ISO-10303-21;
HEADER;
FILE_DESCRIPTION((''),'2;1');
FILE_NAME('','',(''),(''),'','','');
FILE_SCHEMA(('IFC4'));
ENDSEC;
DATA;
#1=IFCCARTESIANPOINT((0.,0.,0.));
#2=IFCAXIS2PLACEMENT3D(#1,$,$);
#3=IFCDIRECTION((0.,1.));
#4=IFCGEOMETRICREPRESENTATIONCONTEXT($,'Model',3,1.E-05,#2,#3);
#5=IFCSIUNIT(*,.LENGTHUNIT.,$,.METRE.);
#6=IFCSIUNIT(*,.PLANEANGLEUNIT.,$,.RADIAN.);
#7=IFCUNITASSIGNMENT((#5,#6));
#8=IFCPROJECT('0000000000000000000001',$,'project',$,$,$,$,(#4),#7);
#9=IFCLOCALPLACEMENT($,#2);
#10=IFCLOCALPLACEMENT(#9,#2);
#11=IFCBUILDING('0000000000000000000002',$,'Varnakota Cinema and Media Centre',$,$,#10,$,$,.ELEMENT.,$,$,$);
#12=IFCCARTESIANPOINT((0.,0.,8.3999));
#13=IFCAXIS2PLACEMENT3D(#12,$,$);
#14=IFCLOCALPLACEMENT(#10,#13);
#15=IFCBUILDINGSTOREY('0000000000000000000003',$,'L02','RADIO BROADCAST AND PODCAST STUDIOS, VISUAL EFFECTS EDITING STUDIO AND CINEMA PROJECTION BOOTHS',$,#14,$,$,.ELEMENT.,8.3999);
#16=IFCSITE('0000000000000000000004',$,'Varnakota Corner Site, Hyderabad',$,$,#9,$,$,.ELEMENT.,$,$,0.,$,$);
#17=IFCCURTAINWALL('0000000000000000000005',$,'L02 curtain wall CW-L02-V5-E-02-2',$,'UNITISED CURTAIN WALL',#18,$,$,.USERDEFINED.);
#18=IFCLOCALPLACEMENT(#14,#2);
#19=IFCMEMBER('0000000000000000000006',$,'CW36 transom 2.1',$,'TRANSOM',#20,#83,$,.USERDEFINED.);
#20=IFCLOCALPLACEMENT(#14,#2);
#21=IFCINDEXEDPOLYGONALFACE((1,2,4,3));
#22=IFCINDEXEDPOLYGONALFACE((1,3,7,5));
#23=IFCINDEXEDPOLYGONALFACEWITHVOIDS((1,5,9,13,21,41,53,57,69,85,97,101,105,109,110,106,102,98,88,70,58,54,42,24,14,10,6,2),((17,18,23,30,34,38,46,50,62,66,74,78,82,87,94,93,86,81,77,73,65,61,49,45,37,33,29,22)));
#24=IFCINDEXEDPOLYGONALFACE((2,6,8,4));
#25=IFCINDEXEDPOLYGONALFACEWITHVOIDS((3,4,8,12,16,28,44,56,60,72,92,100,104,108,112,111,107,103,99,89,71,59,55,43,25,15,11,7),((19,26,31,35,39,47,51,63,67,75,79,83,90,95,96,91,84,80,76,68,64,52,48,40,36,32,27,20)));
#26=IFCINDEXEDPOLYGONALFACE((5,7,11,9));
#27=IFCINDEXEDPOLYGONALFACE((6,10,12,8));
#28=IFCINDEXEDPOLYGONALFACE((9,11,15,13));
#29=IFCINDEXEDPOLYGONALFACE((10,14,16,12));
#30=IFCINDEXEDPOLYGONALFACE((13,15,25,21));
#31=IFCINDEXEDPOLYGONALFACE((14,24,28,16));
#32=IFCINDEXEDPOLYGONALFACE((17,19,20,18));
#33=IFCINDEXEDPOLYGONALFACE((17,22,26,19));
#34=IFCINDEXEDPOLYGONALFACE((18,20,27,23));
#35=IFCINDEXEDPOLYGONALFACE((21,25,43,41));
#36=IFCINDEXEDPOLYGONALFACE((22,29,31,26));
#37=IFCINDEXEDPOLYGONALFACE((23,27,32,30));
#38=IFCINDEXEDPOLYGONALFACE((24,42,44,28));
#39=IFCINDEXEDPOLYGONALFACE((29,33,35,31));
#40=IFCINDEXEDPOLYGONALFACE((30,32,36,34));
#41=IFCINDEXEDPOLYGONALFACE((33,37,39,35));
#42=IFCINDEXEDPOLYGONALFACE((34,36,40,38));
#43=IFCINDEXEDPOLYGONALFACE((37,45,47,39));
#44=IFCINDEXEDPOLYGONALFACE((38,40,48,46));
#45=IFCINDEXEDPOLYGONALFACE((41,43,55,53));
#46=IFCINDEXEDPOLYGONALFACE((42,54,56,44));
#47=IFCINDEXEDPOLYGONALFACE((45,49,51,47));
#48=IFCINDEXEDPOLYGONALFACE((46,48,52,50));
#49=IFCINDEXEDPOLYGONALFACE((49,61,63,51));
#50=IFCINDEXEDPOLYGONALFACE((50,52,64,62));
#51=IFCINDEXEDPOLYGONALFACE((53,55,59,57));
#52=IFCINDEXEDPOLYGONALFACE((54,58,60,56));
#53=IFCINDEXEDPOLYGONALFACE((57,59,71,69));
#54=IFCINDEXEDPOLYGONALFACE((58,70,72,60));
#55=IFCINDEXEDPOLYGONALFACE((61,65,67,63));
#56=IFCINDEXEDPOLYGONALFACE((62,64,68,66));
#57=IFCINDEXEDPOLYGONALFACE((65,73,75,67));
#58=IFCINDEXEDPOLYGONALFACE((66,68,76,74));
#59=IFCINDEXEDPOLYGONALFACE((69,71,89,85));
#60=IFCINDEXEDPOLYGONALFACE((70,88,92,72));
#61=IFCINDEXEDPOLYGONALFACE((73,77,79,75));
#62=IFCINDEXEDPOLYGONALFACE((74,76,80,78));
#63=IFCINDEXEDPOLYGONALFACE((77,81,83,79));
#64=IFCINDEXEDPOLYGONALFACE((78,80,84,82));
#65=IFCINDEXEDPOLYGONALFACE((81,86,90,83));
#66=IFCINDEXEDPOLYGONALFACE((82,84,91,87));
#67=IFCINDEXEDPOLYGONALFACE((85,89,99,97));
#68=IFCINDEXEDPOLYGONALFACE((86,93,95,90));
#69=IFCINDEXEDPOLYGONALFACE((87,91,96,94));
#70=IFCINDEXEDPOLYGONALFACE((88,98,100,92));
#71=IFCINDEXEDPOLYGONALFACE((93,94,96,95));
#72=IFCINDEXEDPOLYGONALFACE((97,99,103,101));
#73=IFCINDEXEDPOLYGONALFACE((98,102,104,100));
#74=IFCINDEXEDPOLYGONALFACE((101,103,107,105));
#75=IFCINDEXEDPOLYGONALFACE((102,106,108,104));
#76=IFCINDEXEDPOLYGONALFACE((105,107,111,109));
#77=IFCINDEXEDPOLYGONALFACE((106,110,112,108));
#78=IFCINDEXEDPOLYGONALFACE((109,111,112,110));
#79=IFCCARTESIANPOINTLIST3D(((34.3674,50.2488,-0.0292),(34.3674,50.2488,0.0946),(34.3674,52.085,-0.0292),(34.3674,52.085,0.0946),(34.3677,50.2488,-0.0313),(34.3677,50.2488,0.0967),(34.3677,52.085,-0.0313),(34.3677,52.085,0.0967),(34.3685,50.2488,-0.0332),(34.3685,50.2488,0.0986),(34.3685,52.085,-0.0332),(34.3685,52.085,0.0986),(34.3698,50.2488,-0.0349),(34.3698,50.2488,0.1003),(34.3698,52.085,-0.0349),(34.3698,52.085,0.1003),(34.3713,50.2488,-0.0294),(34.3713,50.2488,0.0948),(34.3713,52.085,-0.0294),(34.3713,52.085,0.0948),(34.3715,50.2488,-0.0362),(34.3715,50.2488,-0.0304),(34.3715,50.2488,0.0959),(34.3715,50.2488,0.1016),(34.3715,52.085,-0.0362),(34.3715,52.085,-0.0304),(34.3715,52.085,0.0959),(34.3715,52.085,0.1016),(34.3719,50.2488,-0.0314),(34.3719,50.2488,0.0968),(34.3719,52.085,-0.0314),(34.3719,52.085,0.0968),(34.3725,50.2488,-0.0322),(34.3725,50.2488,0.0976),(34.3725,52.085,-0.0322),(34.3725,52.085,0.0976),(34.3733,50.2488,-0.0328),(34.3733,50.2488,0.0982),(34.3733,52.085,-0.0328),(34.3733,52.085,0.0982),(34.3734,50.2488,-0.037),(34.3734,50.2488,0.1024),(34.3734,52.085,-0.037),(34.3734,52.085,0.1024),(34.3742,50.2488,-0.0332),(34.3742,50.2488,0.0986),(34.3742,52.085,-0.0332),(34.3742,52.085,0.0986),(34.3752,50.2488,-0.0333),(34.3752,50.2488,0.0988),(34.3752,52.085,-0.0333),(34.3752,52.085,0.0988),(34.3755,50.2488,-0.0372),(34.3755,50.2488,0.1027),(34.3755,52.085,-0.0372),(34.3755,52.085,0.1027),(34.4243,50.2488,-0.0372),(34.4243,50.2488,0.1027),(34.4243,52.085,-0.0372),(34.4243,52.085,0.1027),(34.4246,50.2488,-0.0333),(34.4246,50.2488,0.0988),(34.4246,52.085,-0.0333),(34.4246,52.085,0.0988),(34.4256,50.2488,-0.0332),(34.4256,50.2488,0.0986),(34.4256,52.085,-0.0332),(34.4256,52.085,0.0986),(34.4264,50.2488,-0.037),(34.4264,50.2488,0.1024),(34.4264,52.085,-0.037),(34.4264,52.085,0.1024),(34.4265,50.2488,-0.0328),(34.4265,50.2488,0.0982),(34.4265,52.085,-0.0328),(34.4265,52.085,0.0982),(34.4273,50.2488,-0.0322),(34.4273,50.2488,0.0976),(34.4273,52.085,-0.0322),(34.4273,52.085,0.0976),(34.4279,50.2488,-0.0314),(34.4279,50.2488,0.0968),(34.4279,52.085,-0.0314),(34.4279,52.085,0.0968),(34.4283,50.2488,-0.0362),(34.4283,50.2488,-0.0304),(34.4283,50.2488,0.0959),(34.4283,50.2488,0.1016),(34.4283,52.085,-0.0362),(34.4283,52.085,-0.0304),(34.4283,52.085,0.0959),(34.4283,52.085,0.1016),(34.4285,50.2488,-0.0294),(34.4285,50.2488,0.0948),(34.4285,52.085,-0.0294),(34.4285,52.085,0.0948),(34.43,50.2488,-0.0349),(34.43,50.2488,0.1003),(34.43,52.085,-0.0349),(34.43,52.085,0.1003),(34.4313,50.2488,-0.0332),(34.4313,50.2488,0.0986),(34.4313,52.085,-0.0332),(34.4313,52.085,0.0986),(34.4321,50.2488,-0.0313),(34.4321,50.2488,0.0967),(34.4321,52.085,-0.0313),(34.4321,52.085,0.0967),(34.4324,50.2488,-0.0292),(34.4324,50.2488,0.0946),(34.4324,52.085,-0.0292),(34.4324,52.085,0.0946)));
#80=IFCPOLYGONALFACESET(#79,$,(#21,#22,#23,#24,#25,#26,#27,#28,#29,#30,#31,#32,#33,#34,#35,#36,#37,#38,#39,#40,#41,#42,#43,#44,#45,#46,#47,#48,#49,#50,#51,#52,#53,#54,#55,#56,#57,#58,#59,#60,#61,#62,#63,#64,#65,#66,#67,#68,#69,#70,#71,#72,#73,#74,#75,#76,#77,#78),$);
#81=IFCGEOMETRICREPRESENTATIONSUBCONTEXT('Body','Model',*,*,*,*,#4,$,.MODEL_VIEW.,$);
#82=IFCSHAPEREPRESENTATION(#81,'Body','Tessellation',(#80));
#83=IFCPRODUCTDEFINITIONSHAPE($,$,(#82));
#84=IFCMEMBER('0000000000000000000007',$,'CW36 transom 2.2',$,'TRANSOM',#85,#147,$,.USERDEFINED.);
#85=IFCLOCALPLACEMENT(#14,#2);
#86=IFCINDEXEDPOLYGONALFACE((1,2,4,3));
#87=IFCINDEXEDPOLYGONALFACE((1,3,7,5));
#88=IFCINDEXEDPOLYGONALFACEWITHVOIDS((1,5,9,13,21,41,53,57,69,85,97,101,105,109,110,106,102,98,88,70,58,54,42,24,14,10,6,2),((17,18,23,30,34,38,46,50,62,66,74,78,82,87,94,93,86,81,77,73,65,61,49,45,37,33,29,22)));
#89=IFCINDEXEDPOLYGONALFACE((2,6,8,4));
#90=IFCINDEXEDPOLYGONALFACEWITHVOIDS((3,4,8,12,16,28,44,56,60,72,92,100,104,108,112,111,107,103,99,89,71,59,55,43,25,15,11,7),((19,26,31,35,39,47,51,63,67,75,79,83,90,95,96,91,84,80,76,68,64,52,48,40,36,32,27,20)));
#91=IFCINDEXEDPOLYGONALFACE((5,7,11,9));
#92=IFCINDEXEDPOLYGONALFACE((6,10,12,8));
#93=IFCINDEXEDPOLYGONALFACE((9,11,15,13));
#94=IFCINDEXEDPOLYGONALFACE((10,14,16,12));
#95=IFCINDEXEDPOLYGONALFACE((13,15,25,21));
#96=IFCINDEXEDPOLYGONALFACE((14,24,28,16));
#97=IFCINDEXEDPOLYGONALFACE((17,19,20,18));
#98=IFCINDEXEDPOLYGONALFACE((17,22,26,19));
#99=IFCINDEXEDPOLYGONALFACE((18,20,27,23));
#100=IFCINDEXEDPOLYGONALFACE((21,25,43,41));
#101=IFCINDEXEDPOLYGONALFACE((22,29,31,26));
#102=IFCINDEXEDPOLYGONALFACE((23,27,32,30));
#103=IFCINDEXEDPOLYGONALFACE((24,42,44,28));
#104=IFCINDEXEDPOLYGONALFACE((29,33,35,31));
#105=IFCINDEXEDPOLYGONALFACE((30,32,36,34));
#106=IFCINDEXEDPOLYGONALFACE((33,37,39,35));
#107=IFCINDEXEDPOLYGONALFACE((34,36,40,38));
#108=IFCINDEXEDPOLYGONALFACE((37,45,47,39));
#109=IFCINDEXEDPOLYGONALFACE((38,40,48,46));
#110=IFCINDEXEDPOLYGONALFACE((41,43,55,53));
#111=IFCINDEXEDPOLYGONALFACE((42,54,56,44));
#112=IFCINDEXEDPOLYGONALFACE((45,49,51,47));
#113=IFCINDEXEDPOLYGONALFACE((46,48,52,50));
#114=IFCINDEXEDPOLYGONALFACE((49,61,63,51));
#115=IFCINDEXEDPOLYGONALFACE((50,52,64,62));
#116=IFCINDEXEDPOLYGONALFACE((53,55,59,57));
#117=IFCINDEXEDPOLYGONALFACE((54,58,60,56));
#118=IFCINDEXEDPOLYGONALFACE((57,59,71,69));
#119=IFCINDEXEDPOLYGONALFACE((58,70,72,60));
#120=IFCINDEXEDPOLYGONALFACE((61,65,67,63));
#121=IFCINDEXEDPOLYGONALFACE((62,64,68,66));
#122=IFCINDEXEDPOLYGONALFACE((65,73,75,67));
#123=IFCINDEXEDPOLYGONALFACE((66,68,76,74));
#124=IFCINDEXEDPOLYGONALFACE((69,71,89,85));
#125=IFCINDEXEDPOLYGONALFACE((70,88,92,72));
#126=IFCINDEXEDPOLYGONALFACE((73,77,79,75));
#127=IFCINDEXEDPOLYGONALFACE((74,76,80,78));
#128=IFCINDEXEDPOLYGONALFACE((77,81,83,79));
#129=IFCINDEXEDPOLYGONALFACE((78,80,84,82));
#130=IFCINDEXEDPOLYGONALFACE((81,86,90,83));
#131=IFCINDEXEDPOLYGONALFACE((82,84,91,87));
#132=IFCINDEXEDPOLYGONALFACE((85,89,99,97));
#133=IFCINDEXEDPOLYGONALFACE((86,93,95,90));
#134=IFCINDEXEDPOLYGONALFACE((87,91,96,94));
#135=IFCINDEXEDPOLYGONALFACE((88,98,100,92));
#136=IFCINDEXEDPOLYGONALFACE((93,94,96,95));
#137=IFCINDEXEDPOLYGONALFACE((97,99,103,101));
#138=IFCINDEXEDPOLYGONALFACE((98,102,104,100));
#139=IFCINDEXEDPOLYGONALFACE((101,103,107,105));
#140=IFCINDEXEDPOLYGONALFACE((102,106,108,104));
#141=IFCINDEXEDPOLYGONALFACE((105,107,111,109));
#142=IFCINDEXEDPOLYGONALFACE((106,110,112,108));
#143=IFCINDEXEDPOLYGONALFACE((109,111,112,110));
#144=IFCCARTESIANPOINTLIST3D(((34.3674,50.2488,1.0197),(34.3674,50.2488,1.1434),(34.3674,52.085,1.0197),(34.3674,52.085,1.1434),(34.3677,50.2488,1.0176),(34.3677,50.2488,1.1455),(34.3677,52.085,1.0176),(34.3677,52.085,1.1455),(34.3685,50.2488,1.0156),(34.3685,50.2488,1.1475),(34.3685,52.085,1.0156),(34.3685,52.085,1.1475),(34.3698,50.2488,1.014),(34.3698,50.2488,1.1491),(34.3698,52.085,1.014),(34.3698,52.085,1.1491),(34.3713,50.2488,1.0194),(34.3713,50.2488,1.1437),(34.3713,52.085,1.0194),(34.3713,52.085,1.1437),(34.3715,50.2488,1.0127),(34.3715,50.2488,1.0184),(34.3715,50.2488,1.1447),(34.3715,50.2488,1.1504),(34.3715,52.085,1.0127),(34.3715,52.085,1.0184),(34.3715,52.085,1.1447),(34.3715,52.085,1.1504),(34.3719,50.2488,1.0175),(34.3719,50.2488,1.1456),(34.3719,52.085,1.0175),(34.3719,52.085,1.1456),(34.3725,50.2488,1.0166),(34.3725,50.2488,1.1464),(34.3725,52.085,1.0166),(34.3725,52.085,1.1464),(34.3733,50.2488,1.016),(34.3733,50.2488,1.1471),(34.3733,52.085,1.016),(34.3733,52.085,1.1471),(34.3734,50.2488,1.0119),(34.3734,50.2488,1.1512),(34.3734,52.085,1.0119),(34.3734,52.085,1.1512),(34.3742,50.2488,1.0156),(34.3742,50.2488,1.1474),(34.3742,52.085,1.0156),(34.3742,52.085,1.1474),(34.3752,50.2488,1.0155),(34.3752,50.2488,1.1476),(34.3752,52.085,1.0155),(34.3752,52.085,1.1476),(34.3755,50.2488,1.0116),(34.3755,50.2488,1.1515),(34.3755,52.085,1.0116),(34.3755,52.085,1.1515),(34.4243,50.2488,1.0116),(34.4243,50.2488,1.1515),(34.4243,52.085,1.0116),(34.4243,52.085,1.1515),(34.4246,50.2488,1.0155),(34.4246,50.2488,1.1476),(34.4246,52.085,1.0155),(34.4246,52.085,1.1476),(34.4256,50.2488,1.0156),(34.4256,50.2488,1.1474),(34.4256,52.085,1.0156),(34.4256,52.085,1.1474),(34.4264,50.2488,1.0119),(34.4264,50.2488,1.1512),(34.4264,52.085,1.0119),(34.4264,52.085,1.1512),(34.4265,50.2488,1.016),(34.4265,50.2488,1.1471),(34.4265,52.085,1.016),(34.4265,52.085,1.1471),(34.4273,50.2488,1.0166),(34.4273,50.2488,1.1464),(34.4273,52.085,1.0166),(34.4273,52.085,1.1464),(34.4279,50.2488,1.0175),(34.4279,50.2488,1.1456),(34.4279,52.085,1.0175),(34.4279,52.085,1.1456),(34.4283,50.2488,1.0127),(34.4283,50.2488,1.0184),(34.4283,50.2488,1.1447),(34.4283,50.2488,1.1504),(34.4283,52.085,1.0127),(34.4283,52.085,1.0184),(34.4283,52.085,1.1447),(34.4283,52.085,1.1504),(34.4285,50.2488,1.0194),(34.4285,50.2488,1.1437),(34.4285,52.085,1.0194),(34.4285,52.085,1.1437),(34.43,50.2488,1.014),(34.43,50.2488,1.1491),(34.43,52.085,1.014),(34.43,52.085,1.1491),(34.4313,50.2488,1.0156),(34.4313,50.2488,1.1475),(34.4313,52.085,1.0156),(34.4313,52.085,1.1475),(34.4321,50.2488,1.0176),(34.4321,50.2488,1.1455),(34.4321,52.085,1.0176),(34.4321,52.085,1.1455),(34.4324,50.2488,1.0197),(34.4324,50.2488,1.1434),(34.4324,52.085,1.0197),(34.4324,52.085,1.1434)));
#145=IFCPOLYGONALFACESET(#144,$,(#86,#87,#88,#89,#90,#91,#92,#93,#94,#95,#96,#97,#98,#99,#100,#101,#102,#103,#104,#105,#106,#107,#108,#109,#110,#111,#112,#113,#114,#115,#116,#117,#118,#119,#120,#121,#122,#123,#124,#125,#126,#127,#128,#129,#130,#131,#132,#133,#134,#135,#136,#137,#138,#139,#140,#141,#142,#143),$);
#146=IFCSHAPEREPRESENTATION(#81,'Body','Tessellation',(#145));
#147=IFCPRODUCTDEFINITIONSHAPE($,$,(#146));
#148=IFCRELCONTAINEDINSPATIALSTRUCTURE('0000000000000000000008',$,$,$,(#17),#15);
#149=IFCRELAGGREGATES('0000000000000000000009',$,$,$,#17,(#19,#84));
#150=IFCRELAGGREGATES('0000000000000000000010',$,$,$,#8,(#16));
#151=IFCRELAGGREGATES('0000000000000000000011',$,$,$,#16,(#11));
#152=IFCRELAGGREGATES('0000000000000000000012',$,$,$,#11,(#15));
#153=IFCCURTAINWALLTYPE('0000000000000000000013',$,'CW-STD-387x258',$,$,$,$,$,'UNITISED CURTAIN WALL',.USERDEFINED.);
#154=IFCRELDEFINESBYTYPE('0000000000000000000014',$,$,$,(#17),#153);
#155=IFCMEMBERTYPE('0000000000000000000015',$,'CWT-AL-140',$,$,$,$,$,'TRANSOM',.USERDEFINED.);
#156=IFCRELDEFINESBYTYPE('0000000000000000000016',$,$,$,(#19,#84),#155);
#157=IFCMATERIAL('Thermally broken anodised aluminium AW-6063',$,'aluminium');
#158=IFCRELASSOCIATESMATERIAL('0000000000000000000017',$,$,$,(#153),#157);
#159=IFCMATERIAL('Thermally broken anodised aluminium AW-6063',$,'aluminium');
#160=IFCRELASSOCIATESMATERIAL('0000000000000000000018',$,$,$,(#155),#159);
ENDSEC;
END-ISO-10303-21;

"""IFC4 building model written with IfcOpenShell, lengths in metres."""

from ifc_helpers import new_model, si_unit, direction, frame, origin, origin_2d, place, context, subcontext, project, spatial, hollow_rectangle, extrude, material, material_profile, profile_set, type_object, element, aggregate, save


model = new_model("IFC4")

# Units and contexts
model_context = context("Model", 3, precision=1e-05, world=origin(), true_north=direction((0.0, 1.0)))
body_context = subcontext(model_context, "Body", "Model", "MODEL_VIEW")
ifc_project = project(units=[si_unit("LENGTHUNIT", "METRE"), si_unit("PLANEANGLEUNIT", "RADIAN")], contexts=[model_context])

# Site, building, storey
site_placement = place(None, origin())
site = spatial("IfcSite", under=ifc_project, at=site_placement, Name="Varnakota Corner Site, Hyderabad", CompositionType="ELEMENT", RefElevation=0.0)
building_placement = place(site_placement, origin())
building = spatial("IfcBuilding", under=site, at=building_placement, Name="Varnakota Cinema and Media Centre", CompositionType="ELEMENT")
storey_placement = place(building_placement, frame((0.0, 0.0, 8.3999)))
storey = spatial("IfcBuildingStorey", under=building, at=storey_placement, Name="L02", Description="RADIO BROADCAST AND PODCAST STUDIOS, VISUAL EFFECTS EDITING STUDIO AND CINEMA PROJECTION BOOTHS", CompositionType="ELEMENT", Elevation=8.3999)

# Curtain wall
ifc_material_1 = material(Name="Thermally broken anodised aluminium AW-6063", Category="aluminium")
curtain_wall_type_1 = type_object("IfcCurtainWallType", Name="CW-STD-387x258", ElementType="UNITISED CURTAIN WALL", PredefinedType="USERDEFINED", material=ifc_material_1)
curtain_wall_1_placement = place(storey_placement, origin())
curtain_wall_1 = element("IfcCurtainWall", 1, at=curtain_wall_1_placement, inside=storey, type_object=curtain_wall_type_1, Name="L02 curtain wall CW-L02-V5-E-02-2", ObjectType="UNITISED CURTAIN WALL", PredefinedType="USERDEFINED")

# Members
ifc_material_2 = material(Name="Thermally broken anodised aluminium AW-6063", Category="aluminium")
ifc_material_profile_1 = material_profile(ifc_material_2, hollow_rectangle(XDim=0.0649, YDim=0.1399, WallThickness=0.0039, InnerFilletRadius=0.0039, OuterFilletRadius=0.0081, at=origin_2d()), Name="AL-TRANSOM 140x65x4")
ifc_profile_set_1 = profile_set([ifc_material_profile_1], Name="Thermally broken anodised aluminium AW-6063")
member_type_1 = type_object("IfcMemberType", Name="CWT-AL-140", ElementType="TRANSOM", PredefinedType="USERDEFINED", material=ifc_profile_set_1)
member_1_placement = place(storey_placement, frame((34.3999, 50.2488, 0.0327), z_axis=(0.0, 1.0, 0.0), x_axis=(-1.0, 0.0, 0.0)))
member_1 = element("IfcMember", 2, at=member_1_placement, type_object=member_type_1, Name="CW36 transom 2.1", ObjectType="TRANSOM", PredefinedType="USERDEFINED", context=body_context, shape_type="SweptSolid", body=[
    extrude(hollow_rectangle(XDim=0.0649, YDim=0.1399, WallThickness=0.0039, InnerFilletRadius=0.0039, OuterFilletRadius=0.0081, at=origin_2d()), origin(), (0.0, 0.0, 1.0), 1.8362),
])
member_2_placement = place(storey_placement, frame((34.3999, 50.2488, 1.0815), z_axis=(0.0, 1.0, 0.0), x_axis=(-1.0, 0.0, 0.0)))
member_2 = element("IfcMember", 3, at=member_2_placement, type_object=member_type_1, Name="CW36 transom 2.2", ObjectType="TRANSOM", PredefinedType="USERDEFINED", context=body_context, shape_type="SweptSolid", body=[
    extrude(hollow_rectangle(XDim=0.0649, YDim=0.1399, WallThickness=0.0039, InnerFilletRadius=0.0039, OuterFilletRadius=0.0081, at=origin_2d()), origin(), (0.0, 0.0, 1.0), 1.8362),
])

aggregate(curtain_wall_1, [member_1, member_2])

save(model, "model.ifc")
